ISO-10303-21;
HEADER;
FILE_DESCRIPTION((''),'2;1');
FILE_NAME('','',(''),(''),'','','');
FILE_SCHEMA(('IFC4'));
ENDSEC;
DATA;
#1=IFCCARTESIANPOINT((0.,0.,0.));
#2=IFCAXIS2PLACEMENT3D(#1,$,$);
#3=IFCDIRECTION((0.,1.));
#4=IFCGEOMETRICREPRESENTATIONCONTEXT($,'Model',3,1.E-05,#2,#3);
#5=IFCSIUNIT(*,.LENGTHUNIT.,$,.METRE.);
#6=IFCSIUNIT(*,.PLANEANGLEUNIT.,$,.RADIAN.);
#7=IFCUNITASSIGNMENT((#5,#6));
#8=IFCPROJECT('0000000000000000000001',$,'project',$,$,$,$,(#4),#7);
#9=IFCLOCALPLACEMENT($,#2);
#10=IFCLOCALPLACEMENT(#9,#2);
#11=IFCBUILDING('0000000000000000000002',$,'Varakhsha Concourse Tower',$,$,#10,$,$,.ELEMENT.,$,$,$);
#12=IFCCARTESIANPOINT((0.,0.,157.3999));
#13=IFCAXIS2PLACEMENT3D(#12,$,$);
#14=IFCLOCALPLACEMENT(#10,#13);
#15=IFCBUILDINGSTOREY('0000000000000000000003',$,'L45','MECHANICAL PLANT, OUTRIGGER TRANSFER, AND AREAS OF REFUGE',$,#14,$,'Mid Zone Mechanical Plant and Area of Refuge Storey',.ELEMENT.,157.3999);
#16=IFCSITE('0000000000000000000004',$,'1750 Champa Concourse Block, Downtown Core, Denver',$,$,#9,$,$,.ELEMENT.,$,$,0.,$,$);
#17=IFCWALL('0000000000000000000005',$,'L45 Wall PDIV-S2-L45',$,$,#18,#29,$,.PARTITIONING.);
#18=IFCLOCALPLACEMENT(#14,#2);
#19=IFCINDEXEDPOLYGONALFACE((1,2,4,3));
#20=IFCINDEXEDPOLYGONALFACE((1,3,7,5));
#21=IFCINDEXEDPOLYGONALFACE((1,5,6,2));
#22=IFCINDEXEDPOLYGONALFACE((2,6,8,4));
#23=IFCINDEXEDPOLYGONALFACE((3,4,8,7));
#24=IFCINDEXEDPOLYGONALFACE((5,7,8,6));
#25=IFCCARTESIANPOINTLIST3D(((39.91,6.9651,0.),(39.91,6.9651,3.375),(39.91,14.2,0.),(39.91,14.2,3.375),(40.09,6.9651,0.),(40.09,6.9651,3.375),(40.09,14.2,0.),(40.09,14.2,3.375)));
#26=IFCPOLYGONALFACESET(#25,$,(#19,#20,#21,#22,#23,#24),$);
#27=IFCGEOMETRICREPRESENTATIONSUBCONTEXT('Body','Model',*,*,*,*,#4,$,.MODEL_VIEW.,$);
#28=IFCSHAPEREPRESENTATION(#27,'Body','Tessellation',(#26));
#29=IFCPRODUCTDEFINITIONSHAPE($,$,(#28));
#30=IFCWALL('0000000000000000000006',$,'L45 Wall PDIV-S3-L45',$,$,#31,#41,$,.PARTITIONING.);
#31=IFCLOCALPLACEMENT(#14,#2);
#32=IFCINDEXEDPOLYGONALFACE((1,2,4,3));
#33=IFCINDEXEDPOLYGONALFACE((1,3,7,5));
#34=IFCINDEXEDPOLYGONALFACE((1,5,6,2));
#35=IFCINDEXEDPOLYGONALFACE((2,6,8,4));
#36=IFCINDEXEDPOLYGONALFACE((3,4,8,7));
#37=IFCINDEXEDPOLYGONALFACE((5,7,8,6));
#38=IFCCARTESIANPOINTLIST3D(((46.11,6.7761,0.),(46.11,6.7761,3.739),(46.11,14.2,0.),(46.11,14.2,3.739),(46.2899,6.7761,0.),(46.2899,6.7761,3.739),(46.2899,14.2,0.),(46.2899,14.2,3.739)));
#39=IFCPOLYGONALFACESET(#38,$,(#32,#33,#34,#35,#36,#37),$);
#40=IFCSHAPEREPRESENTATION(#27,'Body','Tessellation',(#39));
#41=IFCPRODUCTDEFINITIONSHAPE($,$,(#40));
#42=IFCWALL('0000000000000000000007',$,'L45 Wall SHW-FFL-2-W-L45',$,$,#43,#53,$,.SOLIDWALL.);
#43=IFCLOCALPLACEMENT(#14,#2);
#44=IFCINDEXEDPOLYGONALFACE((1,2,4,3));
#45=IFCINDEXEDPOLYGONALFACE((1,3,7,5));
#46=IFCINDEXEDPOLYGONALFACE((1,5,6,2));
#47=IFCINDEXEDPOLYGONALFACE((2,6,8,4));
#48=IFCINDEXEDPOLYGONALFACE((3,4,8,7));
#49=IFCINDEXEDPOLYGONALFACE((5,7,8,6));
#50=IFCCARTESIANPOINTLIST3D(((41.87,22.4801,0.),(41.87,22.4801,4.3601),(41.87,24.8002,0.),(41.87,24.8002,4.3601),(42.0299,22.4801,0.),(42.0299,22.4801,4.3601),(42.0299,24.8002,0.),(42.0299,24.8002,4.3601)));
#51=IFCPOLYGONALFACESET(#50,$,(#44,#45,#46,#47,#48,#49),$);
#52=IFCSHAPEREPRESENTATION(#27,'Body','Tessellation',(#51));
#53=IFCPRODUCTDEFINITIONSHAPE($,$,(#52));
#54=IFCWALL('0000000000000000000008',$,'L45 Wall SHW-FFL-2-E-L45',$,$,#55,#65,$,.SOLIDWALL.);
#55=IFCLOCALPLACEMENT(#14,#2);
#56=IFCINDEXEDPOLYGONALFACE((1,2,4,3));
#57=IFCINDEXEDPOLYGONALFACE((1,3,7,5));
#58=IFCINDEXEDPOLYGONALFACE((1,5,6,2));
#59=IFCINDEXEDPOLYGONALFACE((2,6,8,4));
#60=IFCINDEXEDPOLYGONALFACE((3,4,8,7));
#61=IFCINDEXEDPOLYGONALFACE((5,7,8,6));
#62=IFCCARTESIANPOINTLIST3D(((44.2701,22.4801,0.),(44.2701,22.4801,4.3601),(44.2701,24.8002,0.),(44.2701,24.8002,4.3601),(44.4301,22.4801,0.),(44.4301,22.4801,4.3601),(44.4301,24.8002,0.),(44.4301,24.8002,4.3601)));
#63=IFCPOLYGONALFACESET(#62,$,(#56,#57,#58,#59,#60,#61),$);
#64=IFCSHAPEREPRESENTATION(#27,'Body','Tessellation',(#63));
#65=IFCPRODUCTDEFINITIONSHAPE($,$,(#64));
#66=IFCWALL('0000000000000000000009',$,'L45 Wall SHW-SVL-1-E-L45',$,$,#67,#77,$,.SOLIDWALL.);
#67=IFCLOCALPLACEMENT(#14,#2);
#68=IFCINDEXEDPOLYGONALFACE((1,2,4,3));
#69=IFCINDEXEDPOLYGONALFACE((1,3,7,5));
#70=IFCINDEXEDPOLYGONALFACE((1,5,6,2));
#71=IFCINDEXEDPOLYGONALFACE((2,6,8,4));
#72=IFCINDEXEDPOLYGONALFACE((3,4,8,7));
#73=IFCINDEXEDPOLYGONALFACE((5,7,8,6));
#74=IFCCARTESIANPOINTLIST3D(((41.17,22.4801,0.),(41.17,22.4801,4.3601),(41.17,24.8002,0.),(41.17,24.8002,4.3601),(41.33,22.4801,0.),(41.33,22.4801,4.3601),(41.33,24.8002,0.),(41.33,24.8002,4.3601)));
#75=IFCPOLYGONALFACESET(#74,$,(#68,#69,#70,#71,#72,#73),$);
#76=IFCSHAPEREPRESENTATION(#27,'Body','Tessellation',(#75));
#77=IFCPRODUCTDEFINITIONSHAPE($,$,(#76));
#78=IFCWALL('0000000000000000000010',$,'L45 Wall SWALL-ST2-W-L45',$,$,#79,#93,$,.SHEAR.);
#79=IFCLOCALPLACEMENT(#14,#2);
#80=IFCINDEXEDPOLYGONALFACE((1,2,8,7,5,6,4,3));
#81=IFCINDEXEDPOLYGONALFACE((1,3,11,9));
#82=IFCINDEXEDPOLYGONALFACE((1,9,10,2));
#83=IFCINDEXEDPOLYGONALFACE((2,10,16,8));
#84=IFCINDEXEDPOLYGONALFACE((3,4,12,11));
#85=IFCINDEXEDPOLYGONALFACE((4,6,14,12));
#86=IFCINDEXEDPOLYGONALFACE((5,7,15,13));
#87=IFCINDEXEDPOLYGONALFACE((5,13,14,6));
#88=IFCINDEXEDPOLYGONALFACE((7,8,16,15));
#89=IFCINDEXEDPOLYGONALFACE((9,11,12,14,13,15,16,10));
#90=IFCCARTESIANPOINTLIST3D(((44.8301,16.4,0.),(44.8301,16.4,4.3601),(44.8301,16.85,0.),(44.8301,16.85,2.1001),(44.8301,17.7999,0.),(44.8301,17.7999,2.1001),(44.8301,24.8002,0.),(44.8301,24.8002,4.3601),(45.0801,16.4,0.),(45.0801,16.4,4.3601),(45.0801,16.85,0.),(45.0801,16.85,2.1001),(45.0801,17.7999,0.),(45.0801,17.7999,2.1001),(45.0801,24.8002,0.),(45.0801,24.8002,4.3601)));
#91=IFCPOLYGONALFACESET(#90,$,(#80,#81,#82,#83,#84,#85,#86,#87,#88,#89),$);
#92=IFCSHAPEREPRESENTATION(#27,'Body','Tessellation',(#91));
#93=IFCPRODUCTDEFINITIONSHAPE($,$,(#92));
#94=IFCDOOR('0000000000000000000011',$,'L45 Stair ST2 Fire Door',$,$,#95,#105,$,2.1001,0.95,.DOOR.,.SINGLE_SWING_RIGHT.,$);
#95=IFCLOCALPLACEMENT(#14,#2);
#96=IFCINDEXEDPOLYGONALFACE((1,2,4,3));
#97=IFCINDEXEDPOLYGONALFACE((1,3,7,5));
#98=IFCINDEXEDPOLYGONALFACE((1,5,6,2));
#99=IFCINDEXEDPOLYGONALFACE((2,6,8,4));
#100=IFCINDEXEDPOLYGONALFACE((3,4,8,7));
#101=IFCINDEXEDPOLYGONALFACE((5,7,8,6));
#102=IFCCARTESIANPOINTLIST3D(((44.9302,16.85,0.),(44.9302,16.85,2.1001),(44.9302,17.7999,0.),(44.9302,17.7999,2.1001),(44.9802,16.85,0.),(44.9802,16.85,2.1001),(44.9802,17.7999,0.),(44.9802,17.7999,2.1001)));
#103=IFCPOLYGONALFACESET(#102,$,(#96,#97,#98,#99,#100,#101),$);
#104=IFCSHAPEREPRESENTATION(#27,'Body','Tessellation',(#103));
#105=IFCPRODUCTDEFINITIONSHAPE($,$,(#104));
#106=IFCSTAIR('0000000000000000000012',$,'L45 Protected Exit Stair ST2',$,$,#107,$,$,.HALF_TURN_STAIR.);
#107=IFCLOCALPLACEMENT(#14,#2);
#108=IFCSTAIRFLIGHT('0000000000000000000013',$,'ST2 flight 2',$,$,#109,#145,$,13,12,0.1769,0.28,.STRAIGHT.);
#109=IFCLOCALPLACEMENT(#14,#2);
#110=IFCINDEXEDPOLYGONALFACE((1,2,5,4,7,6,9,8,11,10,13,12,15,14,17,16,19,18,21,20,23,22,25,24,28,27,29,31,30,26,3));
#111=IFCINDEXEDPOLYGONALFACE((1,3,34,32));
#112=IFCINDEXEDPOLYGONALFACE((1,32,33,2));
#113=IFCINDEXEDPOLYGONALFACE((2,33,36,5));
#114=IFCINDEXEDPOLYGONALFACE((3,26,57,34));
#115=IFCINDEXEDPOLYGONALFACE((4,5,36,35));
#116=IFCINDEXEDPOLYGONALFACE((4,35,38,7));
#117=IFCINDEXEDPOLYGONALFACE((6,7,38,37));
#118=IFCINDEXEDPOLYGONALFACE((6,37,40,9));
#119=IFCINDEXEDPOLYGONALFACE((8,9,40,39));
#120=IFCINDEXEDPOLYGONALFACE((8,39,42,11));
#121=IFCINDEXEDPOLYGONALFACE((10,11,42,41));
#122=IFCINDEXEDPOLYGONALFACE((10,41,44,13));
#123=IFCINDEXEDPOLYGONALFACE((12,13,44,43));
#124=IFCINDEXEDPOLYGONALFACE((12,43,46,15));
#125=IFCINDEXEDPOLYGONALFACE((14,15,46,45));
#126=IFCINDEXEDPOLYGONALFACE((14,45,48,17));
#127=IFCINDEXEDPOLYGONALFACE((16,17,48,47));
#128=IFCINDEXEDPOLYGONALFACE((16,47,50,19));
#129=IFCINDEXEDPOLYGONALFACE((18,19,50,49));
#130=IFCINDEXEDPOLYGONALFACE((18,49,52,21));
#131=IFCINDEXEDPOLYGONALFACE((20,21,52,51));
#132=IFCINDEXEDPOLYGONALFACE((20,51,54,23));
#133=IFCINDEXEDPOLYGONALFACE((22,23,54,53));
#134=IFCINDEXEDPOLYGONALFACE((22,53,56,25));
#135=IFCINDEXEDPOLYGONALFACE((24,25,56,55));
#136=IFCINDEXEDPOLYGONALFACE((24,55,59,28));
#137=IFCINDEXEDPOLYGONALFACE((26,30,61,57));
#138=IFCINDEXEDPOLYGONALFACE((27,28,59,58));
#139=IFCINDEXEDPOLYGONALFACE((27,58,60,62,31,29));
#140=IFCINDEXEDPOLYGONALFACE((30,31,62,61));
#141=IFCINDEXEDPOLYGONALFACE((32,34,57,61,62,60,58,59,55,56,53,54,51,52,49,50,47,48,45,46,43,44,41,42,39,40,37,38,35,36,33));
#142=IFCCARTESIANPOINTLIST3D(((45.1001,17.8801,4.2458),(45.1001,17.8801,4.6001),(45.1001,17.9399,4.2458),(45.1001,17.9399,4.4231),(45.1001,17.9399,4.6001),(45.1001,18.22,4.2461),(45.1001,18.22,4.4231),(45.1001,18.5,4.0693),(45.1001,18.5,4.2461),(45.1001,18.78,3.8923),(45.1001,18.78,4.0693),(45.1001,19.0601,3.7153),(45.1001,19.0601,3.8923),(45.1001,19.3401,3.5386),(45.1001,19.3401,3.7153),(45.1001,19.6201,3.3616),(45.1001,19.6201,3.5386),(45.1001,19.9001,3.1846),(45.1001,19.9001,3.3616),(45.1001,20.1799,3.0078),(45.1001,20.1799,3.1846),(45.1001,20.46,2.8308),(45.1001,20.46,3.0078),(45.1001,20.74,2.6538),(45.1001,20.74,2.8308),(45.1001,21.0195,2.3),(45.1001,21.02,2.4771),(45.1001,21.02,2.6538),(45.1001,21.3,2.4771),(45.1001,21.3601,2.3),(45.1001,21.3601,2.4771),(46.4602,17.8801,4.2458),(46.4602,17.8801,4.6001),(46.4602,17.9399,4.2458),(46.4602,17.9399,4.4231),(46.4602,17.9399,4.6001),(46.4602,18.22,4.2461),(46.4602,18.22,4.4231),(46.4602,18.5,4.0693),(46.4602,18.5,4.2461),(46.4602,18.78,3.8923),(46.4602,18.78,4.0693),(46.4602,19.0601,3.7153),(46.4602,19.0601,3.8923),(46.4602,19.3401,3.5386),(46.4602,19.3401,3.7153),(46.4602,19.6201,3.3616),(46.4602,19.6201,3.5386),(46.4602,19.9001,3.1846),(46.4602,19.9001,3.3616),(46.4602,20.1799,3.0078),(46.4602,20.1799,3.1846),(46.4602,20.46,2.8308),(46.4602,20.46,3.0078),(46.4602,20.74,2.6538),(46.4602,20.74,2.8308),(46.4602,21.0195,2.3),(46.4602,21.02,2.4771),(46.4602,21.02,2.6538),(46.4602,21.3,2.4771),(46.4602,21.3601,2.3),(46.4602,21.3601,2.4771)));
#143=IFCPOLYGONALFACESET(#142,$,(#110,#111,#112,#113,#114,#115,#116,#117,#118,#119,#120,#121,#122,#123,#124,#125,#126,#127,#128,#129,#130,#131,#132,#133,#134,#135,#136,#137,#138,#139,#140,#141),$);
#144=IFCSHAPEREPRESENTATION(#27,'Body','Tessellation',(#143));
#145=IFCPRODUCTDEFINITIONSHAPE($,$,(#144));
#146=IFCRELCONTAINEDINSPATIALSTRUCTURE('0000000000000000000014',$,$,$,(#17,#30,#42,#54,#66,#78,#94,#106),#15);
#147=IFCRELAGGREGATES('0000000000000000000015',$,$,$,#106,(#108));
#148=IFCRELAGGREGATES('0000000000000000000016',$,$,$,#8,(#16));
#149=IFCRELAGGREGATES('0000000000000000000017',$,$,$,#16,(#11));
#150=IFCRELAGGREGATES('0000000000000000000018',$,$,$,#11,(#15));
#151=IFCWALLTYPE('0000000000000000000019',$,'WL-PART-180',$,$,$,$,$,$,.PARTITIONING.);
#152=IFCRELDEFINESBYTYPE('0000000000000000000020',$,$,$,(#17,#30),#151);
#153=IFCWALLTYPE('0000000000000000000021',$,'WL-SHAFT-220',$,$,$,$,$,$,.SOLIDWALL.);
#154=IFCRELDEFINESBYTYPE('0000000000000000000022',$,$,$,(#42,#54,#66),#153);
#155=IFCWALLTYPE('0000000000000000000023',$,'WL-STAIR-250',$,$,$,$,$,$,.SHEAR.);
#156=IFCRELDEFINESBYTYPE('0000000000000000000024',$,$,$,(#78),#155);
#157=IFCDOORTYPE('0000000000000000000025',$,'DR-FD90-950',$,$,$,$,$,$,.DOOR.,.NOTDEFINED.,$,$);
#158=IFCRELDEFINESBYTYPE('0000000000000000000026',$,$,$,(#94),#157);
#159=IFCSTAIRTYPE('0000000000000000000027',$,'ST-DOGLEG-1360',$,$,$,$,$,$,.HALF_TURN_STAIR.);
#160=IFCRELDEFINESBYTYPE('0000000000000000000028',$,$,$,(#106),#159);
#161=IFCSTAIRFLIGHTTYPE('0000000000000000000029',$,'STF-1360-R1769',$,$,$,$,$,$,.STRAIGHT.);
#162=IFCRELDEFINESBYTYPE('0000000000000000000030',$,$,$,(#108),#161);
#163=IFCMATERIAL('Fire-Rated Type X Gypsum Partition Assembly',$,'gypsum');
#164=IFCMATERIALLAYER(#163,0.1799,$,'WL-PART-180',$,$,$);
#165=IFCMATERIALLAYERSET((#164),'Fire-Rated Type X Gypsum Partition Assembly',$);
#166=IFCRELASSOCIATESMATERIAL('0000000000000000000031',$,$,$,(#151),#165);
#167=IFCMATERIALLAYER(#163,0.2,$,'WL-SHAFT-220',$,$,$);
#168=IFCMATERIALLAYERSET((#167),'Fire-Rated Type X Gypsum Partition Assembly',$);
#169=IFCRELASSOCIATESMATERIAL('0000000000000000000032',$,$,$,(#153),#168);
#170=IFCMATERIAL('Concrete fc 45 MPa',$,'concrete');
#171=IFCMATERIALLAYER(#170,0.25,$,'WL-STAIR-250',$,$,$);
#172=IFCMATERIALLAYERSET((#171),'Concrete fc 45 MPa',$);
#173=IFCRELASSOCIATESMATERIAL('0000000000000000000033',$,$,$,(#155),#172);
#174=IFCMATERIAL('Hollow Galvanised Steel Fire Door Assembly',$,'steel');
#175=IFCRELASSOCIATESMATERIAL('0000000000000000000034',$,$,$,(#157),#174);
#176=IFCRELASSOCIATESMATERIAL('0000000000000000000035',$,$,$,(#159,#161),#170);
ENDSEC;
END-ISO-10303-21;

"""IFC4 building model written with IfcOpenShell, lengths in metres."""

from ifc_helpers import new_model, si_unit, direction, frame, frame_2d, origin, place, context, subcontext, project, spatial, polyline, rectangle, outline, extrude, material, layer, layer_set, type_object, element, fill, aggregate, save


model = new_model("IFC4")

# Units and contexts
model_context = context("Model", 3, precision=1e-05, world=origin(), true_north=direction((0.0, 1.0)))
body_context = subcontext(model_context, "Body", "Model", "MODEL_VIEW")
ifc_project = project(units=[si_unit("LENGTHUNIT", "METRE"), si_unit("PLANEANGLEUNIT", "RADIAN")], contexts=[model_context])

# Site, building, storey
site_placement = place(None, origin())
site = spatial("IfcSite", under=ifc_project, at=site_placement, Name="1750 Champa Concourse Block, Downtown Core, Denver", CompositionType="ELEMENT", RefElevation=0.0)
building_placement = place(site_placement, origin())
building = spatial("IfcBuilding", under=site, at=building_placement, Name="Varakhsha Concourse Tower", CompositionType="ELEMENT")
storey_placement = place(building_placement, frame((0.0, 0.0, 157.3999)))
storey = spatial("IfcBuildingStorey", under=building, at=storey_placement, Name="L45", Description="MECHANICAL PLANT, OUTRIGGER TRANSFER, AND AREAS OF REFUGE", LongName="Mid Zone Mechanical Plant and Area of Refuge Storey", CompositionType="ELEMENT", Elevation=157.3999)

# Walls
ifc_material_1 = material(Name="Fire-Rated Type X Gypsum Partition Assembly", Category="gypsum")
ifc_layer_1 = layer(ifc_material_1, 0.1799, Name="WL-PART-180")
ifc_layer_set_1 = layer_set([ifc_layer_1], Name="Fire-Rated Type X Gypsum Partition Assembly")
wall_type_1 = type_object("IfcWallType", Name="WL-PART-180", PredefinedType="PARTITIONING", material=ifc_layer_set_1)
wall_1_placement = place(storey_placement, frame((40.0, 6.9651, 0.0), z_axis=(0.0, 0.0, 1.0), x_axis=(0.0, 1.0, 0.0)))
element("IfcWall", 1, at=wall_1_placement, inside=storey, type_object=wall_type_1, Name="L45 Wall PDIV-S2-L45", PredefinedType="PARTITIONING", context=body_context, shape_type="SweptSolid", body=[
    extrude(rectangle(XDim=7.2349, YDim=0.1799, at=frame_2d((3.6174, 0.0))), origin(), (0.0, 0.0, 1.0), 3.375),
])
wall_2_placement = place(storey_placement, frame((46.2, 6.7761, 0.0), z_axis=(0.0, 0.0, 1.0), x_axis=(0.0, 1.0, 0.0)))
element("IfcWall", 2, at=wall_2_placement, inside=storey, type_object=wall_type_1, Name="L45 Wall PDIV-S3-L45", PredefinedType="PARTITIONING", context=body_context, shape_type="SweptSolid", body=[
    extrude(rectangle(XDim=7.4238, YDim=0.1799, at=frame_2d((3.7119, 0.0))), origin(), (0.0, 0.0, 1.0), 3.739),
])
ifc_layer_2 = layer(ifc_material_1, 0.2, Name="WL-SHAFT-220")
ifc_layer_set_2 = layer_set([ifc_layer_2], Name="Fire-Rated Type X Gypsum Partition Assembly")
wall_type_2 = type_object("IfcWallType", Name="WL-SHAFT-220", PredefinedType="SOLIDWALL", material=ifc_layer_set_2)
for number, where, z_axis, x_axis, name in (
    (3, (41.95, 22.48, 0.0), (0.0, 0.0, 1.0), (0.0, 1.0, 0.0), "L45 Wall SHW-FFL-2-W-L45"),
    (4, (44.3501, 22.48, 0.0), (0.0, 0.0, 1.0), (0.0, 1.0, 0.0), "L45 Wall SHW-FFL-2-E-L45"),
    (5, (41.25, 22.48, 0.0), (0.0, 0.0, 1.0), (0.0, 1.0, 0.0), "L45 Wall SHW-SVL-1-E-L45"),
):
    element("IfcWall", number, at=place(storey_placement, frame(where, z_axis=z_axis, x_axis=x_axis)), inside=storey, type_object=wall_type_2, Name=name, PredefinedType="SOLIDWALL", context=body_context, shape_type="SweptSolid", body=[
        extrude(rectangle(XDim=2.3201, YDim=0.1599, at=frame_2d((1.1602, 0.0))), origin(), (0.0, 0.0, 1.0), 4.3601),
    ])

# Wall, opening, door
ifc_material_2 = material(Name="Concrete fc 45 MPa", Category="concrete")
ifc_layer_3 = layer(ifc_material_2, 0.25, Name="WL-STAIR-250")
ifc_layer_set_3 = layer_set([ifc_layer_3], Name="Concrete fc 45 MPa")
wall_type_3 = type_object("IfcWallType", Name="WL-STAIR-250", PredefinedType="SHEAR", material=ifc_layer_set_3)
wall_3_placement = place(storey_placement, frame((44.9551, 16.3999, 0.0), z_axis=(0.0, 0.0, 1.0), x_axis=(0.0, 1.0, 0.0)))
wall_3 = element("IfcWall", 6, at=wall_3_placement, inside=storey, type_object=wall_type_3, Name="L45 Wall SWALL-ST2-W-L45", PredefinedType="SHEAR", context=body_context, shape_type="SweptSolid", body=[
    extrude(rectangle(XDim=8.4001, YDim=0.25, at=frame_2d((4.2002, 0.0))), origin(), (0.0, 0.0, 1.0), 4.3601),
])
opening_placement = place(wall_3_placement, frame((0.45, 0.0, 0.0)))
opening = element("IfcOpeningElement", 7, at=opening_placement, cuts=wall_3, PredefinedType="OPENING", context=body_context, shape_type="SweptSolid", body=[
    extrude(rectangle(XDim=0.95, YDim=2.1001, at=frame_2d((0.4751, 1.05))), frame((0.0, 0.135, 0.0), z_axis=(0.0, -1.0, 0.0), x_axis=(1.0, 0.0, 0.0)), (0.0, 0.0, 1.0), 0.27),
])
ifc_material_3 = material(Name="Hollow Galvanised Steel Fire Door Assembly", Category="steel")
door_type = type_object("IfcDoorType", Name="DR-FD90-950", OperationType="NOTDEFINED", PredefinedType="DOOR", material=ifc_material_3)
door_placement = place(opening_placement, origin())
door = element("IfcDoor", 8, at=door_placement, inside=storey, type_object=door_type, Name="L45 Stair ST2 Fire Door", OperationType="SINGLE_SWING_RIGHT", OverallHeight=2.1001, OverallWidth=0.95, PredefinedType="DOOR", context=body_context, shape_type="SweptSolid", body=[
    extrude(rectangle(XDim=0.95, YDim=2.1001, at=frame_2d((0.4751, 1.05))), frame((0.0, 0.0249, 0.0), z_axis=(0.0, -1.0, 0.0), x_axis=(1.0, 0.0, 0.0)), (0.0, 0.0, 1.0), 0.05),
])
fill(opening, door)

# Stair, stair flight
stair_type = type_object("IfcStairType", Name="ST-DOGLEG-1360", PredefinedType="HALF_TURN_STAIR", material=ifc_material_2)
stair_placement = place(storey_placement, origin())
stair = element("IfcStair", 9, at=stair_placement, inside=storey, type_object=stair_type, Name="L45 Protected Exit Stair ST2", PredefinedType="HALF_TURN_STAIR")
stair_flight_type = type_object("IfcStairFlightType", Name="STF-1360-R1769", PredefinedType="STRAIGHT", material=ifc_material_2)
stair_flight_placement = place(storey_placement, frame((45.78, 21.3, 2.3), z_axis=(0.0, 0.0, 1.0), x_axis=(0.0, -1.0, 0.0)))
stair_flight = element("IfcStairFlight", 10, at=stair_flight_placement, type_object=stair_flight_type, Name="ST2 flight 2", NumberOfRisers=13, NumberOfTreads=12, PredefinedType="STRAIGHT", RiserHeight=0.1769, TreadLength=0.28, context=body_context, shape_type="SweptSolid", body=[
    extrude(outline(polyline([(-0.0601, 0.0), (-0.0601, 0.177), (0.0, 0.177), (0.28, 0.177), (0.28, 0.3538), (0.5601, 0.3538), (0.5601, 0.5308), (0.8401, 0.5308), (0.8401, 0.7078), (1.1201, 0.7078), (1.1201, 0.8845), (1.3999, 0.8845), (1.3999, 1.0615), (1.6799, 1.0615), (1.6799, 1.2385), (1.96, 1.2385), (1.96, 1.4153), (2.24, 1.4153), (2.24, 1.5923), (2.52, 1.5923), (2.52, 1.7693), (2.8, 1.7693), (2.8, 1.946), (3.0801, 1.946), (3.0801, 2.123), (3.3601, 2.123), (3.3601, 2.3), (3.4199, 2.3), (3.4199, 1.9458), (3.3601, 1.9458), (0.2805, 0.0), (-0.0601, 0.0)])), frame((0.0, 0.6802, 0.0), z_axis=(0.0, -1.0, 0.0), x_axis=(1.0, 0.0, 0.0)), (0.0, 0.0, 1.0), 1.3601),
])
aggregate(stair, [stair_flight])

save(model, "model.ifc")
